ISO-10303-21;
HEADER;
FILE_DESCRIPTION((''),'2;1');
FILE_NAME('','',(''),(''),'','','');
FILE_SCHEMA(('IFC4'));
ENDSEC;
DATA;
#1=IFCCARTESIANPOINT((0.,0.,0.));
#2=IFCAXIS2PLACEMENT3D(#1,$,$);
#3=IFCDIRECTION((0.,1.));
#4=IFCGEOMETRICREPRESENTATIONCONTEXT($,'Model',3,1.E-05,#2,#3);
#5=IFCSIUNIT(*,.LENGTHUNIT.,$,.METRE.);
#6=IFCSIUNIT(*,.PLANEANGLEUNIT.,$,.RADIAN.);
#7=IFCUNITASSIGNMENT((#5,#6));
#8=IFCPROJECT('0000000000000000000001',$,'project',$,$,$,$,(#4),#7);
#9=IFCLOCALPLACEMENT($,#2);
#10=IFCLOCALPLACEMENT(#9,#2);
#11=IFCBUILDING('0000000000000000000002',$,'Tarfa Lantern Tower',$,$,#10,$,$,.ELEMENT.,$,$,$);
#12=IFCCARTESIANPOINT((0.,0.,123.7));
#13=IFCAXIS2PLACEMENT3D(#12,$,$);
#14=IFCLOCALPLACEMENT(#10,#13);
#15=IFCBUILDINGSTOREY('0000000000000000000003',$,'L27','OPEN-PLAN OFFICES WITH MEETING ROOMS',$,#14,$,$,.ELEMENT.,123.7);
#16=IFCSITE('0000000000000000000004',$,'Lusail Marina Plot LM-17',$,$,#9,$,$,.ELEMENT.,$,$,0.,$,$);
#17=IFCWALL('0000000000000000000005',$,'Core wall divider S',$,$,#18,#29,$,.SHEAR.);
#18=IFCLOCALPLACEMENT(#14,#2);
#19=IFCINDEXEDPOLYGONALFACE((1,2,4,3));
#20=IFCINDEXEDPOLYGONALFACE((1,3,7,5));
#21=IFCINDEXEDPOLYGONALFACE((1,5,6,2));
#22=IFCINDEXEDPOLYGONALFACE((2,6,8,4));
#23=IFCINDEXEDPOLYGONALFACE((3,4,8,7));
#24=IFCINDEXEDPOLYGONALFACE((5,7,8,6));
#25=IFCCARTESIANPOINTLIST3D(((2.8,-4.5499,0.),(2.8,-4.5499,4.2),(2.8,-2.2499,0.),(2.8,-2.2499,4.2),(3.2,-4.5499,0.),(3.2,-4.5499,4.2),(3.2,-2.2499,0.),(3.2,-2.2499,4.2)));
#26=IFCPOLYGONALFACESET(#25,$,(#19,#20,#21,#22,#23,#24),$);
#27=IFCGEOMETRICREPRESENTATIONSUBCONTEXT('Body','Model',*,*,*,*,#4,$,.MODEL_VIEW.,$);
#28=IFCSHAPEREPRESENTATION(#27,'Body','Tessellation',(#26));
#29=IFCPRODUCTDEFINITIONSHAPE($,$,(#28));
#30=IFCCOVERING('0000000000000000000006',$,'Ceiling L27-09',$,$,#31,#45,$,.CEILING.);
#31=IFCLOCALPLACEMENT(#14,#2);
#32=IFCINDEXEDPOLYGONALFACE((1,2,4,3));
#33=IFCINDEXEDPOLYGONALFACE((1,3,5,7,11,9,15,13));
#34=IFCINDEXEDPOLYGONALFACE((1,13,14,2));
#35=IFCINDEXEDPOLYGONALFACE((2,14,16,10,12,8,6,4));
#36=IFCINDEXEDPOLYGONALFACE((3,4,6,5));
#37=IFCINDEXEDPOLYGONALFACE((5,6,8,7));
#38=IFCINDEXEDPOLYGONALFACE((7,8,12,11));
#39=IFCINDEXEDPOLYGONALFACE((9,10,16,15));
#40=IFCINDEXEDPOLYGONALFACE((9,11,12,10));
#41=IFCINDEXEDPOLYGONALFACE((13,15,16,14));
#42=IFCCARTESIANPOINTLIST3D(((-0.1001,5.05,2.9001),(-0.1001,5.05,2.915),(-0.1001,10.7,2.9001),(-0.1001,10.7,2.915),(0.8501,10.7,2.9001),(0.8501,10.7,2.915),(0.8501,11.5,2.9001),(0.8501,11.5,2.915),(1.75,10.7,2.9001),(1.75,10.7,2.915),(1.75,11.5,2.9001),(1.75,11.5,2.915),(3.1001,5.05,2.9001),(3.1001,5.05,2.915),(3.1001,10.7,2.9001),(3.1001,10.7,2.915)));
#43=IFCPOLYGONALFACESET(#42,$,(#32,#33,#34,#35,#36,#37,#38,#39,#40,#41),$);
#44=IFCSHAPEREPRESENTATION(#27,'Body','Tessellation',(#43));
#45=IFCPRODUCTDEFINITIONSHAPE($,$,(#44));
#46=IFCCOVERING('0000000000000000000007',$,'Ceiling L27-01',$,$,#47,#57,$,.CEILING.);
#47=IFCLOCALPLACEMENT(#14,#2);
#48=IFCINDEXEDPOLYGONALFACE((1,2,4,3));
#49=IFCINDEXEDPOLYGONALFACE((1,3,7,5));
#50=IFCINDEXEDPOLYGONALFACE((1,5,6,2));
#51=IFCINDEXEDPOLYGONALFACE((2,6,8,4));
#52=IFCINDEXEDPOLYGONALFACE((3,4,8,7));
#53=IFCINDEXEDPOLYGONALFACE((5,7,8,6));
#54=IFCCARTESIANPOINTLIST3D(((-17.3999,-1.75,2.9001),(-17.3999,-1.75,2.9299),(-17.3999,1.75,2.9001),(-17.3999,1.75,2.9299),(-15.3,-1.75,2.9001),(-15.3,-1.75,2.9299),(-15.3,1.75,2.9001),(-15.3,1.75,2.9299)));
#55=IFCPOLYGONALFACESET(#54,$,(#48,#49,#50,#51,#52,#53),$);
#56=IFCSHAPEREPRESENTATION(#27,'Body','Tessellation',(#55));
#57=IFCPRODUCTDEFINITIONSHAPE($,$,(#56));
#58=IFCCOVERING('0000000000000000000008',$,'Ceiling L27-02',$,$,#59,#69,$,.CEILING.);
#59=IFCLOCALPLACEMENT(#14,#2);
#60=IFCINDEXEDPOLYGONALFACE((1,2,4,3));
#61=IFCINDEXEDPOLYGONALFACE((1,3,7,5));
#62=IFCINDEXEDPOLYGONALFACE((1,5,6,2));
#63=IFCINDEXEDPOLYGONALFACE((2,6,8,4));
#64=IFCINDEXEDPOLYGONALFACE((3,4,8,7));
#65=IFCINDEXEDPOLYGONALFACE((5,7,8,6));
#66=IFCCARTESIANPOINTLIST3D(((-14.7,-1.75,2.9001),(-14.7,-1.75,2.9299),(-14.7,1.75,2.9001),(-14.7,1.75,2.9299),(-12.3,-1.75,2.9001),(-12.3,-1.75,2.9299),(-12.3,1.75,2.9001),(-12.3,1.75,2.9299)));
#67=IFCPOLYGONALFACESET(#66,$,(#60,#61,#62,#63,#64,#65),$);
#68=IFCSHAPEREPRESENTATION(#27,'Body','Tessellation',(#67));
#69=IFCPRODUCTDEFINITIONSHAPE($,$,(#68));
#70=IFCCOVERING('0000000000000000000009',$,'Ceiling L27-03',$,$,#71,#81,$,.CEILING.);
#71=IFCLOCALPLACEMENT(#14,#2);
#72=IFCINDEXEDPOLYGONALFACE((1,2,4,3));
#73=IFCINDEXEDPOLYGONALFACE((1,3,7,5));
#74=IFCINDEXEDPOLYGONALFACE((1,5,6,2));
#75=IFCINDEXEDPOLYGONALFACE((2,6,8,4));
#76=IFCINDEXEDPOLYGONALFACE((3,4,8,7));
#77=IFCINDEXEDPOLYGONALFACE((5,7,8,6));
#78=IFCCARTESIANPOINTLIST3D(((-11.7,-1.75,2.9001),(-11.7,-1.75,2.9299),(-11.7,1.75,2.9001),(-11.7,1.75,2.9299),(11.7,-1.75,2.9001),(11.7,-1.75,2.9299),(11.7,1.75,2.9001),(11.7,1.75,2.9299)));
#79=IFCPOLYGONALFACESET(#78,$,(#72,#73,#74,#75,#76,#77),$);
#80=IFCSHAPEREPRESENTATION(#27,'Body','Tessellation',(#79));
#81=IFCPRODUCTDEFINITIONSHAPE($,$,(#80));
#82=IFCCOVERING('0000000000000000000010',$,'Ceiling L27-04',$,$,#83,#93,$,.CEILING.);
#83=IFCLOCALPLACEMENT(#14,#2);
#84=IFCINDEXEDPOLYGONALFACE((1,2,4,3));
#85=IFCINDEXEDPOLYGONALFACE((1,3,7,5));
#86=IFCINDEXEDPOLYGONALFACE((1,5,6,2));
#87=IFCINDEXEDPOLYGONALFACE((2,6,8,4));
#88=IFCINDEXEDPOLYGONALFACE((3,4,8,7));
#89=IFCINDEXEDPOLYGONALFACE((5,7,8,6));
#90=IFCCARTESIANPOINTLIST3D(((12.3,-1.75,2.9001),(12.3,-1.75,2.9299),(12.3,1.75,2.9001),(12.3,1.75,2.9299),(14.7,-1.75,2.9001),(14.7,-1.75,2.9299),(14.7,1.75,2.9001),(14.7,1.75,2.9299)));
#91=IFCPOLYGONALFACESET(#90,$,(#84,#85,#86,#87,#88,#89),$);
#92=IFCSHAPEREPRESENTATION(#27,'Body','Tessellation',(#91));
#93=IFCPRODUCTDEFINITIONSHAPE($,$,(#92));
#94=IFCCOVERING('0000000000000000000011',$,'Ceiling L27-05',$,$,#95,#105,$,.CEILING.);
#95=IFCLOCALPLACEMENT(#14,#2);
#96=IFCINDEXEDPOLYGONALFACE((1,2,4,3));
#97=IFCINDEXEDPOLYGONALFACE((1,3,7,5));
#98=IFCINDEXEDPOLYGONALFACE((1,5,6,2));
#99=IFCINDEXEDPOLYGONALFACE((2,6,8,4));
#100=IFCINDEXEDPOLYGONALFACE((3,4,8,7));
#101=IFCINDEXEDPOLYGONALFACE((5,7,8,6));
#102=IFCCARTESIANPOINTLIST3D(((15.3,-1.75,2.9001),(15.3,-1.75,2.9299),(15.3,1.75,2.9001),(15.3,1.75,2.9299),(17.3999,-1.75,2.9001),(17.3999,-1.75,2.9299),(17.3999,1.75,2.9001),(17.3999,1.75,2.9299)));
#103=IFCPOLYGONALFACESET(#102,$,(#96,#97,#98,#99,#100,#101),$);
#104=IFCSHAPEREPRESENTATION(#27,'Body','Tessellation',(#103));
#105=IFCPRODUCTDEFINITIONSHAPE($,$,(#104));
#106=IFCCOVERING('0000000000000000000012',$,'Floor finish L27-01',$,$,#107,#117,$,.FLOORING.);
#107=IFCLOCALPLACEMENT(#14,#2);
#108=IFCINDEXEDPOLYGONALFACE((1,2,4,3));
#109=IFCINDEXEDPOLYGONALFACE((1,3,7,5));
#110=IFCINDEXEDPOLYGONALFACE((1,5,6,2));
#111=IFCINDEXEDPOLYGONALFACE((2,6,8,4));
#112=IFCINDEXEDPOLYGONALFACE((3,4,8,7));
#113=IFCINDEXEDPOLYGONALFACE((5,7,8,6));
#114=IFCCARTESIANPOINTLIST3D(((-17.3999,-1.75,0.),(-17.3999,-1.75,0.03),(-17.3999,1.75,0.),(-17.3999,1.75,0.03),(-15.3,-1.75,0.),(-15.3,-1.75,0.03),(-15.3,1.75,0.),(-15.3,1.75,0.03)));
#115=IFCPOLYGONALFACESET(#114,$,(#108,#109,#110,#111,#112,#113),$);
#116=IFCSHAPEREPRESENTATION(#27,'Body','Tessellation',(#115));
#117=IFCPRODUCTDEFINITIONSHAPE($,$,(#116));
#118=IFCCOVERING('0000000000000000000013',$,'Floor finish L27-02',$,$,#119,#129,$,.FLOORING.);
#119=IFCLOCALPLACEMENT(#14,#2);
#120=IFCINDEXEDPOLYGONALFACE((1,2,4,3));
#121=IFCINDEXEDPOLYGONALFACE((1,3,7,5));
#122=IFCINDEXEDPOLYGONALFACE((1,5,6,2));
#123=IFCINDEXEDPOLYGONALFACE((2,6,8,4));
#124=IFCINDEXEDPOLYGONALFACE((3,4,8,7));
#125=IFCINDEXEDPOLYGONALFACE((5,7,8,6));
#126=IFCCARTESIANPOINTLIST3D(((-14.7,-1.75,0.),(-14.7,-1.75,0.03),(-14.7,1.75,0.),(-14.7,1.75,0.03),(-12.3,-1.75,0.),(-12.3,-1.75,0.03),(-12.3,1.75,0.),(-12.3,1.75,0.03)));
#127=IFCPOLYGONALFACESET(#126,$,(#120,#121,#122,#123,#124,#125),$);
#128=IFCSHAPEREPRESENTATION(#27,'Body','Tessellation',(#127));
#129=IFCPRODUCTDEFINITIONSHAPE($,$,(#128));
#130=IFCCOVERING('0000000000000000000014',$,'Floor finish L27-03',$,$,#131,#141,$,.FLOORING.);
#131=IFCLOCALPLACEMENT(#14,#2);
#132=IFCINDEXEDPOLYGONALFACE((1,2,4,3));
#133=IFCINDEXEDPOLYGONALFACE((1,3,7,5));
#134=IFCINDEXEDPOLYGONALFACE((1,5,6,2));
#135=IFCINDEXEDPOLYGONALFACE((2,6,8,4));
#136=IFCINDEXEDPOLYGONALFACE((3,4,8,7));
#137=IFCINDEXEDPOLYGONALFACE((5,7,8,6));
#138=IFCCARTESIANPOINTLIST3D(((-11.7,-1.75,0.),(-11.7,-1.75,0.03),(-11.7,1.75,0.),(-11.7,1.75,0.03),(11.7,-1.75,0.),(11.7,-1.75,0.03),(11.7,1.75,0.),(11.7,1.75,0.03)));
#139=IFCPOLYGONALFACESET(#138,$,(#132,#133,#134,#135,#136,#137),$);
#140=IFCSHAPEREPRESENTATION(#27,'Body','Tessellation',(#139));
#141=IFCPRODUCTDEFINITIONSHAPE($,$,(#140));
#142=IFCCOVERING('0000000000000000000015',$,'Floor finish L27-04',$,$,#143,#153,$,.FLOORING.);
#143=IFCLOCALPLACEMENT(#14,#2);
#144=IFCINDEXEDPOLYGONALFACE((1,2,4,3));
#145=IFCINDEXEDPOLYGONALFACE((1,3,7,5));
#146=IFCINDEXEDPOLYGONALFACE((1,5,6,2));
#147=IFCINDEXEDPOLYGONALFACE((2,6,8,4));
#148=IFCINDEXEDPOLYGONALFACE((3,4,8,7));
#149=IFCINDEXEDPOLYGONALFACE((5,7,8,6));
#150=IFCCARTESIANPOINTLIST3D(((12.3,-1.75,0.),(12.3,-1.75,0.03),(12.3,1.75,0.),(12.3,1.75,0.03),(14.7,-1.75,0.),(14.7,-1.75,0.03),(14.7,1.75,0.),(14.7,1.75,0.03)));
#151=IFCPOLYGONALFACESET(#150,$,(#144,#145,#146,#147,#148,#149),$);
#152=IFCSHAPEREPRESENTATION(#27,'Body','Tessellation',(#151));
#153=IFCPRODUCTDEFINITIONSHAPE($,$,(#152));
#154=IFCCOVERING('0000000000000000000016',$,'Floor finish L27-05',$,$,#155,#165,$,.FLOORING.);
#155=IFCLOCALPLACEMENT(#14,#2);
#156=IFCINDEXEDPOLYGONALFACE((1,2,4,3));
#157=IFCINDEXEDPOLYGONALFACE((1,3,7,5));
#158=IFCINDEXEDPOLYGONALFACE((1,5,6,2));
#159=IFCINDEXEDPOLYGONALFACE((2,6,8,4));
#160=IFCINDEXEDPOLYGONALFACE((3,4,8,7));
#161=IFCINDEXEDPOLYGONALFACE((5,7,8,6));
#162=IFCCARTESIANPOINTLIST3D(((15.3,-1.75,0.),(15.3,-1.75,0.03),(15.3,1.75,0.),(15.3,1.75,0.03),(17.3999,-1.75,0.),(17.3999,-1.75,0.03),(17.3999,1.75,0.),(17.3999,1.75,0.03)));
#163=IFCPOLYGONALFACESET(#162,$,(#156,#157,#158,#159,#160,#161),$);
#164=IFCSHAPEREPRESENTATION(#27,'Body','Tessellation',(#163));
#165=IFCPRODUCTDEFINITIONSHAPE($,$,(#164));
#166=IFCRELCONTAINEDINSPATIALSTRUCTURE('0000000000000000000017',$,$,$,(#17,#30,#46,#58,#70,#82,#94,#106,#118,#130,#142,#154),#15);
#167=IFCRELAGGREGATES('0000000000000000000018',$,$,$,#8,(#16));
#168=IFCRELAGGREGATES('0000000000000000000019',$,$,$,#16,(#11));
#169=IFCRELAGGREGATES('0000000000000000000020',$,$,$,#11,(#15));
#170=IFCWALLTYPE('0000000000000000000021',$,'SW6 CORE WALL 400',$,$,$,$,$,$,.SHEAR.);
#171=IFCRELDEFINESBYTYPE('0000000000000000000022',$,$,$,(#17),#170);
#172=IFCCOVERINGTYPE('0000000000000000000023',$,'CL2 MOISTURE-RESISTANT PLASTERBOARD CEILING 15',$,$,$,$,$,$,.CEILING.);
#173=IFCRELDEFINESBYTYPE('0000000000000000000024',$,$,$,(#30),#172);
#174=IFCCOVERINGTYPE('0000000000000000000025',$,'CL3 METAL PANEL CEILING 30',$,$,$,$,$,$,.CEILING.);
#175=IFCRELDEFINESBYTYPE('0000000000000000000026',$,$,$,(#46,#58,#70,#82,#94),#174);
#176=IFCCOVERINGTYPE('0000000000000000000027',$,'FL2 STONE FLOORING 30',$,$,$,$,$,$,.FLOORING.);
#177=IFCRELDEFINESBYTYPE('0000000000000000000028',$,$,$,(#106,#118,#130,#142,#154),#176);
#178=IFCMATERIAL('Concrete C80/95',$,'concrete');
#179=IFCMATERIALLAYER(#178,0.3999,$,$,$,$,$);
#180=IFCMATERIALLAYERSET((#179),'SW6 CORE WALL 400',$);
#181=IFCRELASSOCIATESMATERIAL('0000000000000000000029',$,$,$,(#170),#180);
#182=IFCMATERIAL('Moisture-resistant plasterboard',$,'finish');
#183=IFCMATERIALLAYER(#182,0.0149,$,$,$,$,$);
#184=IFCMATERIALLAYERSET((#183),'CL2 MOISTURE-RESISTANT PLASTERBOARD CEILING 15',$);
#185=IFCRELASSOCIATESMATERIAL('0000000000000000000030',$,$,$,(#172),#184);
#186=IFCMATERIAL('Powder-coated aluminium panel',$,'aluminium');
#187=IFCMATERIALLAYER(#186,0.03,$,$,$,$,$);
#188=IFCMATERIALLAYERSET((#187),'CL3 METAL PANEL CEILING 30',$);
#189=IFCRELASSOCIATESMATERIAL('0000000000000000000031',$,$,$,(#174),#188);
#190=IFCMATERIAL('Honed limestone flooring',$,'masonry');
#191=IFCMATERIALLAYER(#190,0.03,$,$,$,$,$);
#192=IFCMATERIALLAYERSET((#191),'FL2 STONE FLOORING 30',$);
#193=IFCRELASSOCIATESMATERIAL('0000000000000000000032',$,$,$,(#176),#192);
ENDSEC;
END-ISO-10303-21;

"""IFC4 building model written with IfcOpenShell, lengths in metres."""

from ifc_helpers import new_model, si_unit, direction, frame, frame_2d, origin, place, context, subcontext, project, spatial, polyline, rectangle, outline, extrude, material, layer, layer_set, type_object, element, save


model = new_model("IFC4")

# Units and contexts
model_context = context("Model", 3, precision=1e-05, world=origin(), true_north=direction((0.0, 1.0)))
body_context = subcontext(model_context, "Body", "Model", "MODEL_VIEW")
ifc_project = project(units=[si_unit("LENGTHUNIT", "METRE"), si_unit("PLANEANGLEUNIT", "RADIAN")], contexts=[model_context])

# Site, building, storey
site_placement = place(None, origin())
site = spatial("IfcSite", under=ifc_project, at=site_placement, Name="Lusail Marina Plot LM-17", CompositionType="ELEMENT", RefElevation=0.0)
building_placement = place(site_placement, origin())
building = spatial("IfcBuilding", under=site, at=building_placement, Name="Tarfa Lantern Tower", CompositionType="ELEMENT")
storey_placement = place(building_placement, frame((0.0, 0.0, 123.7)))
storey = spatial("IfcBuildingStorey", under=building, at=storey_placement, Name="L27", Description="OPEN-PLAN OFFICES WITH MEETING ROOMS", CompositionType="ELEMENT", Elevation=123.7)

# Shared definitions
ifc_material_1 = material(Name="Concrete C80/95", Category="concrete")

# Wall
ifc_layer_1 = layer(ifc_material_1, 0.3999)
ifc_layer_set_1 = layer_set([ifc_layer_1], Name="SW6 CORE WALL 400")
wall_type_1 = type_object("IfcWallType", Name="SW6 CORE WALL 400", PredefinedType="SHEAR", material=ifc_layer_set_1)
for number, where, z_axis, x_axis, name in (
    (1, (3.0, -2.25, 0.0), (0.0, 0.0, 1.0), (0.0, -1.0, 0.0), "Core wall divider S"),
):
    element("IfcWall", number, at=place(storey_placement, frame(where, z_axis=z_axis, x_axis=x_axis)), inside=storey, type_object=wall_type_1, Name=name, PredefinedType="SHEAR", context=body_context, shape_type="SweptSolid", body=[
        extrude(rectangle(XDim=2.3, YDim=0.3999, at=frame_2d((1.1499, 0.0))), origin(), (0.0, 0.0, 1.0), 4.2),
    ])

# Coverings
ifc_material_2 = material(Name="Moisture-resistant plasterboard", Category="finish")
ifc_layer_2 = layer(ifc_material_2, 0.0149)
ifc_layer_set_2 = layer_set([ifc_layer_2], Name="CL2 MOISTURE-RESISTANT PLASTERBOARD CEILING 15")
covering_type_1 = type_object("IfcCoveringType", Name="CL2 MOISTURE-RESISTANT PLASTERBOARD CEILING 15", PredefinedType="CEILING", material=ifc_layer_set_2)
covering_1_placement = place(storey_placement, frame((0.0, 0.0, 2.9001)))
element("IfcCovering", 2, at=covering_1_placement, inside=storey, type_object=covering_type_1, Name="Ceiling L27-09", PredefinedType="CEILING", context=body_context, shape_type="SweptSolid", body=[
    extrude(outline(polyline([(0.8501, 10.7), (-0.1001, 10.7), (-0.1001, 5.05), (3.1001, 5.05), (3.1001, 10.7), (1.75, 10.7), (1.75, 11.5), (0.8501, 11.5), (0.8501, 10.7)])), origin(), (0.0, 0.0, 1.0), 0.0149),
])
ifc_material_3 = material(Name="Powder-coated aluminium panel", Category="aluminium")
ifc_layer_3 = layer(ifc_material_3, 0.03)
ifc_layer_set_3 = layer_set([ifc_layer_3], Name="CL3 METAL PANEL CEILING 30")
covering_type_2 = type_object("IfcCoveringType", Name="CL3 METAL PANEL CEILING 30", PredefinedType="CEILING", material=ifc_layer_set_3)
covering_2_placement = place(storey_placement, frame((0.0, 0.0, 2.9001)))
element("IfcCovering", 3, at=covering_2_placement, inside=storey, type_object=covering_type_2, Name="Ceiling L27-01", PredefinedType="CEILING", context=body_context, shape_type="SweptSolid", body=[
    extrude(outline(polyline([(-17.3999, -1.75), (-15.3, -1.75), (-15.3, 1.75), (-17.3999, 1.75), (-17.3999, -1.75)])), origin(), (0.0, 0.0, 1.0), 0.0298),
])
covering_3_placement = place(storey_placement, frame((0.0, 0.0, 2.9001)))
element("IfcCovering", 4, at=covering_3_placement, inside=storey, type_object=covering_type_2, Name="Ceiling L27-02", PredefinedType="CEILING", context=body_context, shape_type="SweptSolid", body=[
    extrude(outline(polyline([(-14.7, -1.75), (-12.3, -1.75), (-12.3, 1.75), (-14.7, 1.75), (-14.7, -1.75)])), origin(), (0.0, 0.0, 1.0), 0.0298),
])
covering_4_placement = place(storey_placement, frame((0.0, 0.0, 2.9001)))
element("IfcCovering", 5, at=covering_4_placement, inside=storey, type_object=covering_type_2, Name="Ceiling L27-03", PredefinedType="CEILING", context=body_context, shape_type="SweptSolid", body=[
    extrude(outline(polyline([(-11.7, -1.75), (11.7, -1.75), (11.7, 1.75), (-11.7, 1.75), (-11.7, -1.75)])), origin(), (0.0, 0.0, 1.0), 0.0298),
])
covering_5_placement = place(storey_placement, frame((0.0, 0.0, 2.9001)))
element("IfcCovering", 6, at=covering_5_placement, inside=storey, type_object=covering_type_2, Name="Ceiling L27-04", PredefinedType="CEILING", context=body_context, shape_type="SweptSolid", body=[
    extrude(outline(polyline([(12.3, -1.75), (14.7, -1.75), (14.7, 1.75), (12.3, 1.75), (12.3, -1.75)])), origin(), (0.0, 0.0, 1.0), 0.0298),
])
covering_6_placement = place(storey_placement, frame((0.0, 0.0, 2.9001)))
element("IfcCovering", 7, at=covering_6_placement, inside=storey, type_object=covering_type_2, Name="Ceiling L27-05", PredefinedType="CEILING", context=body_context, shape_type="SweptSolid", body=[
    extrude(outline(polyline([(15.3, -1.75), (17.3999, -1.75), (17.3999, 1.75), (15.3, 1.75), (15.3, -1.75)])), origin(), (0.0, 0.0, 1.0), 0.0298),
])
ifc_material_4 = material(Name="Honed limestone flooring", Category="masonry")
ifc_layer_4 = layer(ifc_material_4, 0.03)
ifc_layer_set_4 = layer_set([ifc_layer_4], Name="FL2 STONE FLOORING 30")
covering_type_3 = type_object("IfcCoveringType", Name="FL2 STONE FLOORING 30", PredefinedType="FLOORING", material=ifc_layer_set_4)
covering_7_placement = place(storey_placement, origin())
element("IfcCovering", 8, at=covering_7_placement, inside=storey, type_object=covering_type_3, Name="Floor finish L27-01", PredefinedType="FLOORING", context=body_context, shape_type="SweptSolid", body=[
    extrude(outline(polyline([(-17.3999, -1.75), (-15.3, -1.75), (-15.3, 1.75), (-17.3999, 1.75), (-17.3999, -1.75)])), origin(), (0.0, 0.0, 1.0), 0.03),
])
covering_8_placement = place(storey_placement, origin())
element("IfcCovering", 9, at=covering_8_placement, inside=storey, type_object=covering_type_3, Name="Floor finish L27-02", PredefinedType="FLOORING", context=body_context, shape_type="SweptSolid", body=[
    extrude(outline(polyline([(-14.7, -1.75), (-12.3, -1.75), (-12.3, 1.75), (-14.7, 1.75), (-14.7, -1.75)])), origin(), (0.0, 0.0, 1.0), 0.03),
])
covering_9_placement = place(storey_placement, origin())
element("IfcCovering", 10, at=covering_9_placement, inside=storey, type_object=covering_type_3, Name="Floor finish L27-03", PredefinedType="FLOORING", context=body_context, shape_type="SweptSolid", body=[
    extrude(outline(polyline([(-11.7, -1.75), (11.7, -1.75), (11.7, 1.75), (-11.7, 1.75), (-11.7, -1.75)])), origin(), (0.0, 0.0, 1.0), 0.03),
])
covering_10_placement = place(storey_placement, origin())
element("IfcCovering", 11, at=covering_10_placement, inside=storey, type_object=covering_type_3, Name="Floor finish L27-04", PredefinedType="FLOORING", context=body_context, shape_type="SweptSolid", body=[
    extrude(outline(polyline([(12.3, -1.75), (14.7, -1.75), (14.7, 1.75), (12.3, 1.75), (12.3, -1.75)])), origin(), (0.0, 0.0, 1.0), 0.03),
])
covering_11_placement = place(storey_placement, origin())
element("IfcCovering", 12, at=covering_11_placement, inside=storey, type_object=covering_type_3, Name="Floor finish L27-05", PredefinedType="FLOORING", context=body_context, shape_type="SweptSolid", body=[
    extrude(outline(polyline([(15.3, -1.75), (17.3999, -1.75), (17.3999, 1.75), (15.3, 1.75), (15.3, -1.75)])), origin(), (0.0, 0.0, 1.0), 0.03),
])

save(model, "model.ifc")
